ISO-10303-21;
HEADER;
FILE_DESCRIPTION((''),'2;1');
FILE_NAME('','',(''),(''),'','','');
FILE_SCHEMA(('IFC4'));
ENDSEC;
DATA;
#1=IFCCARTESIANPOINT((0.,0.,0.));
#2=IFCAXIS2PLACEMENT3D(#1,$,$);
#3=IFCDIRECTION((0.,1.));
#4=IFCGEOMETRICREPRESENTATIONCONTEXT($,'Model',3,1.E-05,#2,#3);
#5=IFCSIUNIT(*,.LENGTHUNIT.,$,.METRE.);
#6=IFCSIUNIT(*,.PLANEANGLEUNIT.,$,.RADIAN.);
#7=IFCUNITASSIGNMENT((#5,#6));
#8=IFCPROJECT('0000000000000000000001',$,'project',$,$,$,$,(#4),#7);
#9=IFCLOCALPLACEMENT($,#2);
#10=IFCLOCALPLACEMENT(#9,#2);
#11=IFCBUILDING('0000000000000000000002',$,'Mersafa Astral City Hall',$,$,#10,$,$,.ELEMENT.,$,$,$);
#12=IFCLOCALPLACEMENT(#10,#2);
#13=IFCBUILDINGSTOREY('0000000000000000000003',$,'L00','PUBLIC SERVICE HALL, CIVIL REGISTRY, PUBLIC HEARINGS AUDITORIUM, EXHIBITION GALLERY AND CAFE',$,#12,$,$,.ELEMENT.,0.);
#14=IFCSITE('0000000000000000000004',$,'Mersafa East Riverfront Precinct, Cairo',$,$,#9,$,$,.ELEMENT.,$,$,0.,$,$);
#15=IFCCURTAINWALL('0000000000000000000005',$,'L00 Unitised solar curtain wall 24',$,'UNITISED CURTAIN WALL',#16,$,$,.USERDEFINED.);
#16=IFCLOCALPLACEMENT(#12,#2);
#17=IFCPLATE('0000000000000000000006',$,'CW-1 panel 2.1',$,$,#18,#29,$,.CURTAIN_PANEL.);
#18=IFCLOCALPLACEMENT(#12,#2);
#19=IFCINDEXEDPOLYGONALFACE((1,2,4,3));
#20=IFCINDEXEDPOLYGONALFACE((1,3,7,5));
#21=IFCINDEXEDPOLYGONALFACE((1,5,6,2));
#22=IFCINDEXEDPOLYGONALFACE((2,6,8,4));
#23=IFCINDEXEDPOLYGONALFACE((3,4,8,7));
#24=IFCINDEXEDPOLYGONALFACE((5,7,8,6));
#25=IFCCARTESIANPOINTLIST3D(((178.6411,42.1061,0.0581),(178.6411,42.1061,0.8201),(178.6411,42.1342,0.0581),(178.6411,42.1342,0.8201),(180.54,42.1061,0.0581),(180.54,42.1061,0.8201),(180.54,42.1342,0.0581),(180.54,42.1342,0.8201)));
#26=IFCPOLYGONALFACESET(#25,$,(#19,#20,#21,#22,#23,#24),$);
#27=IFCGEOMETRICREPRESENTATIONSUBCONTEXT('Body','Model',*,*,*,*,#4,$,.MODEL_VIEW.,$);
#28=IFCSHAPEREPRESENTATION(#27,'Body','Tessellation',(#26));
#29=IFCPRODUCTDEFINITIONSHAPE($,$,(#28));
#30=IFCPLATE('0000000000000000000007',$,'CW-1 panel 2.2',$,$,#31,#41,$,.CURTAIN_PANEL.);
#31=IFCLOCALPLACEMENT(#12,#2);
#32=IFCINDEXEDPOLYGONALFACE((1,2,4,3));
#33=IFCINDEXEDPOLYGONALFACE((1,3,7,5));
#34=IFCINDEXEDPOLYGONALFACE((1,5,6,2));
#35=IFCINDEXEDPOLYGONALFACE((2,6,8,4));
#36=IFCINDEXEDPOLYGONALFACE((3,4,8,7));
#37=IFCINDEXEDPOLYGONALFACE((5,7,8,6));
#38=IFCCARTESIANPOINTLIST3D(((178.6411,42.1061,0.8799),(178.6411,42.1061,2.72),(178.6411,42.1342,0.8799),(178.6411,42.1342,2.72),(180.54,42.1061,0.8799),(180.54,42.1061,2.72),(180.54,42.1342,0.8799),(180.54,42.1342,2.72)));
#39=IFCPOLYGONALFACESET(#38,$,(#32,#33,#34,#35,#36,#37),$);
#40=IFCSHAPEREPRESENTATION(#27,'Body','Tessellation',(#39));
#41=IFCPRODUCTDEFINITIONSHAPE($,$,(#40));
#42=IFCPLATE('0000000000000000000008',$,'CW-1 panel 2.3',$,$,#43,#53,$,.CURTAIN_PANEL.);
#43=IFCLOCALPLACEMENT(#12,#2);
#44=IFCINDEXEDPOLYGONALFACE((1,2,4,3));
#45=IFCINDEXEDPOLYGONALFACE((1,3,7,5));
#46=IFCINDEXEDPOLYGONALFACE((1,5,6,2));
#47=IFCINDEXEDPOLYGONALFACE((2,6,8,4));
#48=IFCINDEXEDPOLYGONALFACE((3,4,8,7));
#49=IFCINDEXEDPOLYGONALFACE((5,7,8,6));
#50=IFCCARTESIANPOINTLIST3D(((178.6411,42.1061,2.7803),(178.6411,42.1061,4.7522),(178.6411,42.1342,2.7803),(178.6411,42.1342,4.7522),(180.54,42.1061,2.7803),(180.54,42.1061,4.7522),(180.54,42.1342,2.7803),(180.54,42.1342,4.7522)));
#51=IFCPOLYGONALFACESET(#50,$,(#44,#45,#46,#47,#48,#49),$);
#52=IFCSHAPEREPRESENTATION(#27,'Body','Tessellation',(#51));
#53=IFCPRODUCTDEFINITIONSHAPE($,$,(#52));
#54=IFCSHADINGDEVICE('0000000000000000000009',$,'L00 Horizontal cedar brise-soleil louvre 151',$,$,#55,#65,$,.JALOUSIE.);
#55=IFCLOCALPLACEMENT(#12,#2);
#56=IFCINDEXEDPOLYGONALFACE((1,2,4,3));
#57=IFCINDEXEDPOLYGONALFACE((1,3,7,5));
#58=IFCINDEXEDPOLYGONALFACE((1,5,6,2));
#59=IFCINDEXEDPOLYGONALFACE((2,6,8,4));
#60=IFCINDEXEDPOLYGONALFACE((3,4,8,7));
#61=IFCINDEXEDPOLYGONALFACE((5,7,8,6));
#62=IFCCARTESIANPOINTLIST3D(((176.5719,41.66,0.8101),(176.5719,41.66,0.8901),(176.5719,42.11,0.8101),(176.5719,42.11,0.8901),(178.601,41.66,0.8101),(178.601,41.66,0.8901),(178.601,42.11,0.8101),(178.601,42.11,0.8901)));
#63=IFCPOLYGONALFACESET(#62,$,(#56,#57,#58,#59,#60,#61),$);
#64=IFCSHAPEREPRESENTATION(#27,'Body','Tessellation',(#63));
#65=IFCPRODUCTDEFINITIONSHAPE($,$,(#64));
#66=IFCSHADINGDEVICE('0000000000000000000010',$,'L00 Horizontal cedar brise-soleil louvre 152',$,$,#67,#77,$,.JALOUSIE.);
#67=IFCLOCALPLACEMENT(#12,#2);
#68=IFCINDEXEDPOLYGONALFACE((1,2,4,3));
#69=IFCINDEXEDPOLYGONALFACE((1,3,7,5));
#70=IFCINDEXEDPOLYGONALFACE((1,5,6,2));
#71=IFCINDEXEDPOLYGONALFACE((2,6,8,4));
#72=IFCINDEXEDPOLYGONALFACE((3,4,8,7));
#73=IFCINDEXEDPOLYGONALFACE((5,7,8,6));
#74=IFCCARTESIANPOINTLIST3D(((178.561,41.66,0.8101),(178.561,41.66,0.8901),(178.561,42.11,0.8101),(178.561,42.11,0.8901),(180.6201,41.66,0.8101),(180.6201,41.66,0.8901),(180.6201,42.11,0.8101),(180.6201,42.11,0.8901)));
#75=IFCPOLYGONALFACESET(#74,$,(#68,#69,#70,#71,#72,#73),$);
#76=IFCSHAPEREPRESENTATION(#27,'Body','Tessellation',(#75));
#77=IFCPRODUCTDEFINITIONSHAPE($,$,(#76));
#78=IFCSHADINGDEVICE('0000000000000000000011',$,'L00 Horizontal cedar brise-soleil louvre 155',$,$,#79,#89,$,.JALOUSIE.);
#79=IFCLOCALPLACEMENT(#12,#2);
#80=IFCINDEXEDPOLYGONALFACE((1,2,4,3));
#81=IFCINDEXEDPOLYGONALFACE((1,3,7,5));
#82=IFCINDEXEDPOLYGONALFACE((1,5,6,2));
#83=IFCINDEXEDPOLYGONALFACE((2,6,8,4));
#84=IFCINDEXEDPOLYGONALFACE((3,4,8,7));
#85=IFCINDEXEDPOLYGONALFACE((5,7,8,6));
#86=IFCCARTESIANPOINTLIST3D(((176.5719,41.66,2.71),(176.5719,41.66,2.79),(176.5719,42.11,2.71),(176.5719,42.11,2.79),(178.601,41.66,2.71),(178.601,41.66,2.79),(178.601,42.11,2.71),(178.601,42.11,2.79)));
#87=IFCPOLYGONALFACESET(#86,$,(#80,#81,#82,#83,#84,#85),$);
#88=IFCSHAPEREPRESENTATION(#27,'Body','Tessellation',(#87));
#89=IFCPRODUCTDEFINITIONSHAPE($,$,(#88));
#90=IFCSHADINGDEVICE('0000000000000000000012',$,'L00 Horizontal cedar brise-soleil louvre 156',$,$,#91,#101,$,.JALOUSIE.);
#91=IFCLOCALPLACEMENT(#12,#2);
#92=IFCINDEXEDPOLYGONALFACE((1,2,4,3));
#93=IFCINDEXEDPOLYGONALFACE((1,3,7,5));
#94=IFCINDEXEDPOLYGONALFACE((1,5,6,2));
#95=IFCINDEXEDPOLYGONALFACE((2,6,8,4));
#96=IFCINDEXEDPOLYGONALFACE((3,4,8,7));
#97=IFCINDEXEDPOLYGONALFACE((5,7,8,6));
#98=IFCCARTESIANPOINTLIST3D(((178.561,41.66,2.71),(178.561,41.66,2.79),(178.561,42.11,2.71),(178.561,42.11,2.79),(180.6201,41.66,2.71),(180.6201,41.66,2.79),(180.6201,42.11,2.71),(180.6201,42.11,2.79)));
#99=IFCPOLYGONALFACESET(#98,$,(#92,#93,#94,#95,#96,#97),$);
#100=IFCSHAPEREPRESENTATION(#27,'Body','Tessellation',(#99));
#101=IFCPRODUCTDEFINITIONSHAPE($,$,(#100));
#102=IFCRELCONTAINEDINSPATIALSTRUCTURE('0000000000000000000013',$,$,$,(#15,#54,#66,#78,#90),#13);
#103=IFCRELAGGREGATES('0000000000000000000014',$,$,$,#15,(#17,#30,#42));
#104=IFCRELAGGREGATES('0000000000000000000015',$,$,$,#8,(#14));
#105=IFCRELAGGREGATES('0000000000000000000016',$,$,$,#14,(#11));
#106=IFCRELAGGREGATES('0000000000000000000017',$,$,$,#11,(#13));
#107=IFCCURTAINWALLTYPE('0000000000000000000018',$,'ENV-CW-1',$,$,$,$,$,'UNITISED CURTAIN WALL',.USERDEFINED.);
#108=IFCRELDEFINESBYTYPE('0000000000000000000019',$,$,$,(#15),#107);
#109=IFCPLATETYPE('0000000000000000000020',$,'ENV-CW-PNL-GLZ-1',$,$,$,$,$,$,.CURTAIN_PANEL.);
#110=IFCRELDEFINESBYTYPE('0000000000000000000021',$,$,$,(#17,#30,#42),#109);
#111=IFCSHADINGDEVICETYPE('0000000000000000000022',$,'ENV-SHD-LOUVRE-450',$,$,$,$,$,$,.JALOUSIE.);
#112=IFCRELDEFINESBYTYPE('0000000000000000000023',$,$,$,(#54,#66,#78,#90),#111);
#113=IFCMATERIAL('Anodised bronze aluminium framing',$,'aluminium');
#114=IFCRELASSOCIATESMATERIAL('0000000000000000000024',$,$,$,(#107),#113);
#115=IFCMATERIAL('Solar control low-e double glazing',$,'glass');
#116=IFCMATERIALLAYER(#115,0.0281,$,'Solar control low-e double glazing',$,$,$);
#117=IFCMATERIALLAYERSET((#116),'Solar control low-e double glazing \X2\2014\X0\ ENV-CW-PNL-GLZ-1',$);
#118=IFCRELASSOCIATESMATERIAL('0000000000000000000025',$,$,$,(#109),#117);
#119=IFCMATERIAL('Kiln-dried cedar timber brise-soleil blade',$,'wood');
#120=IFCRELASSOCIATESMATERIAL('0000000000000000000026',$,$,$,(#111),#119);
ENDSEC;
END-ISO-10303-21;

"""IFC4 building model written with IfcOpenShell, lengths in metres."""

from ifc_helpers import new_model, si_unit, direction, frame, origin, origin_2d, place, context, subcontext, project, spatial, rectangle, extrude, material, layer, layer_set, type_object, element, aggregate, save


model = new_model("IFC4")

# Units and contexts
model_context = context("Model", 3, precision=1e-05, world=origin(), true_north=direction((0.0, 1.0)))
body_context = subcontext(model_context, "Body", "Model", "MODEL_VIEW")
ifc_project = project(units=[si_unit("LENGTHUNIT", "METRE"), si_unit("PLANEANGLEUNIT", "RADIAN")], contexts=[model_context])

# Site, building, storey
site_placement = place(None, origin())
site = spatial("IfcSite", under=ifc_project, at=site_placement, Name="Mersafa East Riverfront Precinct, Cairo", CompositionType="ELEMENT", RefElevation=0.0)
building_placement = place(site_placement, origin())
building = spatial("IfcBuilding", under=site, at=building_placement, Name="Mersafa Astral City Hall", CompositionType="ELEMENT")
storey_placement = place(building_placement, origin())
storey = spatial("IfcBuildingStorey", under=building, at=storey_placement, Name="L00", Description="PUBLIC SERVICE HALL, CIVIL REGISTRY, PUBLIC HEARINGS AUDITORIUM, EXHIBITION GALLERY AND CAFE", CompositionType="ELEMENT", Elevation=0.0)

# Curtain wall
ifc_material_1 = material(Name="Anodised bronze aluminium framing", Category="aluminium")
curtain_wall_type = type_object("IfcCurtainWallType", Name="ENV-CW-1", ElementType="UNITISED CURTAIN WALL", PredefinedType="USERDEFINED", material=ifc_material_1)
curtain_wall_placement = place(storey_placement, origin())
curtain_wall = element("IfcCurtainWall", 1, at=curtain_wall_placement, inside=storey, type_object=curtain_wall_type, Name="L00 Unitised solar curtain wall 24", ObjectType="UNITISED CURTAIN WALL", PredefinedType="USERDEFINED")

# Plates
ifc_material_2 = material(Name="Solar control low-e double glazing", Category="glass")
ifc_layer = layer(ifc_material_2, 0.0281, Name="Solar control low-e double glazing")
ifc_layer_set = layer_set([ifc_layer], Name="Solar control low-e double glazing — ENV-CW-PNL-GLZ-1")
plate_type = type_object("IfcPlateType", Name="ENV-CW-PNL-GLZ-1", PredefinedType="CURTAIN_PANEL", material=ifc_layer_set)
plate_1_placement = place(storey_placement, frame((179.5906, 42.1201, 0.0581), z_axis=(0.0, 0.0, 1.0), x_axis=(1.0, 0.0, 0.0)))
plate_1 = element("IfcPlate", 2, at=plate_1_placement, type_object=plate_type, Name="CW-1 panel 2.1", PredefinedType="CURTAIN_PANEL", context=body_context, shape_type="SweptSolid", body=[
    extrude(rectangle(XDim=1.8989, YDim=0.0281, at=origin_2d()), origin(), (0.0, 0.0, 1.0), 0.762),
])
plate_2_placement = place(storey_placement, frame((179.5906, 42.1201, 0.8799), z_axis=(0.0, 0.0, 1.0), x_axis=(1.0, 0.0, 0.0)))
plate_2 = element("IfcPlate", 3, at=plate_2_placement, type_object=plate_type, Name="CW-1 panel 2.2", PredefinedType="CURTAIN_PANEL", context=body_context, shape_type="SweptSolid", body=[
    extrude(rectangle(XDim=1.8989, YDim=0.0281, at=origin_2d()), origin(), (0.0, 0.0, 1.0), 1.8401),
])
plate_3_placement = place(storey_placement, frame((179.5906, 42.1201, 2.7803), z_axis=(0.0, 0.0, 1.0), x_axis=(1.0, 0.0, 0.0)))
plate_3 = element("IfcPlate", 4, at=plate_3_placement, type_object=plate_type, Name="CW-1 panel 2.3", PredefinedType="CURTAIN_PANEL", context=body_context, shape_type="SweptSolid", body=[
    extrude(rectangle(XDim=1.8989, YDim=0.0281, at=origin_2d()), origin(), (0.0, 0.0, 1.0), 1.9719),
])
aggregate(curtain_wall, [plate_1, plate_2, plate_3])

# Shading devices
ifc_material_3 = material(Name="Kiln-dried cedar timber brise-soleil blade", Category="wood")
shading_device_type = type_object("IfcShadingDeviceType", Name="ENV-SHD-LOUVRE-450", PredefinedType="JALOUSIE", material=ifc_material_3)
shading_device_1_placement = place(storey_placement, frame((177.5864, 41.885, 0.8101), z_axis=(0.0, 0.0, 1.0), x_axis=(1.0, 0.0, 0.0)))
element("IfcShadingDevice", 5, at=shading_device_1_placement, inside=storey, type_object=shading_device_type, Name="L00 Horizontal cedar brise-soleil louvre 151", PredefinedType="JALOUSIE", context=body_context, shape_type="SweptSolid", body=[
    extrude(rectangle(XDim=2.0291, YDim=0.45, at=origin_2d()), origin(), (0.0, 0.0, 1.0), 0.0801),
])
shading_device_2_placement = place(storey_placement, frame((179.5906, 41.885, 0.8101), z_axis=(0.0, 0.0, 1.0), x_axis=(1.0, 0.0, 0.0)))
element("IfcShadingDevice", 6, at=shading_device_2_placement, inside=storey, type_object=shading_device_type, Name="L00 Horizontal cedar brise-soleil louvre 152", PredefinedType="JALOUSIE", context=body_context, shape_type="SweptSolid", body=[
    extrude(rectangle(XDim=2.0591, YDim=0.45, at=origin_2d()), origin(), (0.0, 0.0, 1.0), 0.0801),
])
shading_device_3_placement = place(storey_placement, frame((177.5864, 41.885, 2.71), z_axis=(0.0, 0.0, 1.0), x_axis=(1.0, 0.0, 0.0)))
element("IfcShadingDevice", 7, at=shading_device_3_placement, inside=storey, type_object=shading_device_type, Name="L00 Horizontal cedar brise-soleil louvre 155", PredefinedType="JALOUSIE", context=body_context, shape_type="SweptSolid", body=[
    extrude(rectangle(XDim=2.0291, YDim=0.45, at=origin_2d()), origin(), (0.0, 0.0, 1.0), 0.0801),
])
shading_device_4_placement = place(storey_placement, frame((179.5906, 41.885, 2.71), z_axis=(0.0, 0.0, 1.0), x_axis=(1.0, 0.0, 0.0)))
element("IfcShadingDevice", 8, at=shading_device_4_placement, inside=storey, type_object=shading_device_type, Name="L00 Horizontal cedar brise-soleil louvre 156", PredefinedType="JALOUSIE", context=body_context, shape_type="SweptSolid", body=[
    extrude(rectangle(XDim=2.0591, YDim=0.45, at=origin_2d()), origin(), (0.0, 0.0, 1.0), 0.0801),
])

save(model, "model.ifc")
